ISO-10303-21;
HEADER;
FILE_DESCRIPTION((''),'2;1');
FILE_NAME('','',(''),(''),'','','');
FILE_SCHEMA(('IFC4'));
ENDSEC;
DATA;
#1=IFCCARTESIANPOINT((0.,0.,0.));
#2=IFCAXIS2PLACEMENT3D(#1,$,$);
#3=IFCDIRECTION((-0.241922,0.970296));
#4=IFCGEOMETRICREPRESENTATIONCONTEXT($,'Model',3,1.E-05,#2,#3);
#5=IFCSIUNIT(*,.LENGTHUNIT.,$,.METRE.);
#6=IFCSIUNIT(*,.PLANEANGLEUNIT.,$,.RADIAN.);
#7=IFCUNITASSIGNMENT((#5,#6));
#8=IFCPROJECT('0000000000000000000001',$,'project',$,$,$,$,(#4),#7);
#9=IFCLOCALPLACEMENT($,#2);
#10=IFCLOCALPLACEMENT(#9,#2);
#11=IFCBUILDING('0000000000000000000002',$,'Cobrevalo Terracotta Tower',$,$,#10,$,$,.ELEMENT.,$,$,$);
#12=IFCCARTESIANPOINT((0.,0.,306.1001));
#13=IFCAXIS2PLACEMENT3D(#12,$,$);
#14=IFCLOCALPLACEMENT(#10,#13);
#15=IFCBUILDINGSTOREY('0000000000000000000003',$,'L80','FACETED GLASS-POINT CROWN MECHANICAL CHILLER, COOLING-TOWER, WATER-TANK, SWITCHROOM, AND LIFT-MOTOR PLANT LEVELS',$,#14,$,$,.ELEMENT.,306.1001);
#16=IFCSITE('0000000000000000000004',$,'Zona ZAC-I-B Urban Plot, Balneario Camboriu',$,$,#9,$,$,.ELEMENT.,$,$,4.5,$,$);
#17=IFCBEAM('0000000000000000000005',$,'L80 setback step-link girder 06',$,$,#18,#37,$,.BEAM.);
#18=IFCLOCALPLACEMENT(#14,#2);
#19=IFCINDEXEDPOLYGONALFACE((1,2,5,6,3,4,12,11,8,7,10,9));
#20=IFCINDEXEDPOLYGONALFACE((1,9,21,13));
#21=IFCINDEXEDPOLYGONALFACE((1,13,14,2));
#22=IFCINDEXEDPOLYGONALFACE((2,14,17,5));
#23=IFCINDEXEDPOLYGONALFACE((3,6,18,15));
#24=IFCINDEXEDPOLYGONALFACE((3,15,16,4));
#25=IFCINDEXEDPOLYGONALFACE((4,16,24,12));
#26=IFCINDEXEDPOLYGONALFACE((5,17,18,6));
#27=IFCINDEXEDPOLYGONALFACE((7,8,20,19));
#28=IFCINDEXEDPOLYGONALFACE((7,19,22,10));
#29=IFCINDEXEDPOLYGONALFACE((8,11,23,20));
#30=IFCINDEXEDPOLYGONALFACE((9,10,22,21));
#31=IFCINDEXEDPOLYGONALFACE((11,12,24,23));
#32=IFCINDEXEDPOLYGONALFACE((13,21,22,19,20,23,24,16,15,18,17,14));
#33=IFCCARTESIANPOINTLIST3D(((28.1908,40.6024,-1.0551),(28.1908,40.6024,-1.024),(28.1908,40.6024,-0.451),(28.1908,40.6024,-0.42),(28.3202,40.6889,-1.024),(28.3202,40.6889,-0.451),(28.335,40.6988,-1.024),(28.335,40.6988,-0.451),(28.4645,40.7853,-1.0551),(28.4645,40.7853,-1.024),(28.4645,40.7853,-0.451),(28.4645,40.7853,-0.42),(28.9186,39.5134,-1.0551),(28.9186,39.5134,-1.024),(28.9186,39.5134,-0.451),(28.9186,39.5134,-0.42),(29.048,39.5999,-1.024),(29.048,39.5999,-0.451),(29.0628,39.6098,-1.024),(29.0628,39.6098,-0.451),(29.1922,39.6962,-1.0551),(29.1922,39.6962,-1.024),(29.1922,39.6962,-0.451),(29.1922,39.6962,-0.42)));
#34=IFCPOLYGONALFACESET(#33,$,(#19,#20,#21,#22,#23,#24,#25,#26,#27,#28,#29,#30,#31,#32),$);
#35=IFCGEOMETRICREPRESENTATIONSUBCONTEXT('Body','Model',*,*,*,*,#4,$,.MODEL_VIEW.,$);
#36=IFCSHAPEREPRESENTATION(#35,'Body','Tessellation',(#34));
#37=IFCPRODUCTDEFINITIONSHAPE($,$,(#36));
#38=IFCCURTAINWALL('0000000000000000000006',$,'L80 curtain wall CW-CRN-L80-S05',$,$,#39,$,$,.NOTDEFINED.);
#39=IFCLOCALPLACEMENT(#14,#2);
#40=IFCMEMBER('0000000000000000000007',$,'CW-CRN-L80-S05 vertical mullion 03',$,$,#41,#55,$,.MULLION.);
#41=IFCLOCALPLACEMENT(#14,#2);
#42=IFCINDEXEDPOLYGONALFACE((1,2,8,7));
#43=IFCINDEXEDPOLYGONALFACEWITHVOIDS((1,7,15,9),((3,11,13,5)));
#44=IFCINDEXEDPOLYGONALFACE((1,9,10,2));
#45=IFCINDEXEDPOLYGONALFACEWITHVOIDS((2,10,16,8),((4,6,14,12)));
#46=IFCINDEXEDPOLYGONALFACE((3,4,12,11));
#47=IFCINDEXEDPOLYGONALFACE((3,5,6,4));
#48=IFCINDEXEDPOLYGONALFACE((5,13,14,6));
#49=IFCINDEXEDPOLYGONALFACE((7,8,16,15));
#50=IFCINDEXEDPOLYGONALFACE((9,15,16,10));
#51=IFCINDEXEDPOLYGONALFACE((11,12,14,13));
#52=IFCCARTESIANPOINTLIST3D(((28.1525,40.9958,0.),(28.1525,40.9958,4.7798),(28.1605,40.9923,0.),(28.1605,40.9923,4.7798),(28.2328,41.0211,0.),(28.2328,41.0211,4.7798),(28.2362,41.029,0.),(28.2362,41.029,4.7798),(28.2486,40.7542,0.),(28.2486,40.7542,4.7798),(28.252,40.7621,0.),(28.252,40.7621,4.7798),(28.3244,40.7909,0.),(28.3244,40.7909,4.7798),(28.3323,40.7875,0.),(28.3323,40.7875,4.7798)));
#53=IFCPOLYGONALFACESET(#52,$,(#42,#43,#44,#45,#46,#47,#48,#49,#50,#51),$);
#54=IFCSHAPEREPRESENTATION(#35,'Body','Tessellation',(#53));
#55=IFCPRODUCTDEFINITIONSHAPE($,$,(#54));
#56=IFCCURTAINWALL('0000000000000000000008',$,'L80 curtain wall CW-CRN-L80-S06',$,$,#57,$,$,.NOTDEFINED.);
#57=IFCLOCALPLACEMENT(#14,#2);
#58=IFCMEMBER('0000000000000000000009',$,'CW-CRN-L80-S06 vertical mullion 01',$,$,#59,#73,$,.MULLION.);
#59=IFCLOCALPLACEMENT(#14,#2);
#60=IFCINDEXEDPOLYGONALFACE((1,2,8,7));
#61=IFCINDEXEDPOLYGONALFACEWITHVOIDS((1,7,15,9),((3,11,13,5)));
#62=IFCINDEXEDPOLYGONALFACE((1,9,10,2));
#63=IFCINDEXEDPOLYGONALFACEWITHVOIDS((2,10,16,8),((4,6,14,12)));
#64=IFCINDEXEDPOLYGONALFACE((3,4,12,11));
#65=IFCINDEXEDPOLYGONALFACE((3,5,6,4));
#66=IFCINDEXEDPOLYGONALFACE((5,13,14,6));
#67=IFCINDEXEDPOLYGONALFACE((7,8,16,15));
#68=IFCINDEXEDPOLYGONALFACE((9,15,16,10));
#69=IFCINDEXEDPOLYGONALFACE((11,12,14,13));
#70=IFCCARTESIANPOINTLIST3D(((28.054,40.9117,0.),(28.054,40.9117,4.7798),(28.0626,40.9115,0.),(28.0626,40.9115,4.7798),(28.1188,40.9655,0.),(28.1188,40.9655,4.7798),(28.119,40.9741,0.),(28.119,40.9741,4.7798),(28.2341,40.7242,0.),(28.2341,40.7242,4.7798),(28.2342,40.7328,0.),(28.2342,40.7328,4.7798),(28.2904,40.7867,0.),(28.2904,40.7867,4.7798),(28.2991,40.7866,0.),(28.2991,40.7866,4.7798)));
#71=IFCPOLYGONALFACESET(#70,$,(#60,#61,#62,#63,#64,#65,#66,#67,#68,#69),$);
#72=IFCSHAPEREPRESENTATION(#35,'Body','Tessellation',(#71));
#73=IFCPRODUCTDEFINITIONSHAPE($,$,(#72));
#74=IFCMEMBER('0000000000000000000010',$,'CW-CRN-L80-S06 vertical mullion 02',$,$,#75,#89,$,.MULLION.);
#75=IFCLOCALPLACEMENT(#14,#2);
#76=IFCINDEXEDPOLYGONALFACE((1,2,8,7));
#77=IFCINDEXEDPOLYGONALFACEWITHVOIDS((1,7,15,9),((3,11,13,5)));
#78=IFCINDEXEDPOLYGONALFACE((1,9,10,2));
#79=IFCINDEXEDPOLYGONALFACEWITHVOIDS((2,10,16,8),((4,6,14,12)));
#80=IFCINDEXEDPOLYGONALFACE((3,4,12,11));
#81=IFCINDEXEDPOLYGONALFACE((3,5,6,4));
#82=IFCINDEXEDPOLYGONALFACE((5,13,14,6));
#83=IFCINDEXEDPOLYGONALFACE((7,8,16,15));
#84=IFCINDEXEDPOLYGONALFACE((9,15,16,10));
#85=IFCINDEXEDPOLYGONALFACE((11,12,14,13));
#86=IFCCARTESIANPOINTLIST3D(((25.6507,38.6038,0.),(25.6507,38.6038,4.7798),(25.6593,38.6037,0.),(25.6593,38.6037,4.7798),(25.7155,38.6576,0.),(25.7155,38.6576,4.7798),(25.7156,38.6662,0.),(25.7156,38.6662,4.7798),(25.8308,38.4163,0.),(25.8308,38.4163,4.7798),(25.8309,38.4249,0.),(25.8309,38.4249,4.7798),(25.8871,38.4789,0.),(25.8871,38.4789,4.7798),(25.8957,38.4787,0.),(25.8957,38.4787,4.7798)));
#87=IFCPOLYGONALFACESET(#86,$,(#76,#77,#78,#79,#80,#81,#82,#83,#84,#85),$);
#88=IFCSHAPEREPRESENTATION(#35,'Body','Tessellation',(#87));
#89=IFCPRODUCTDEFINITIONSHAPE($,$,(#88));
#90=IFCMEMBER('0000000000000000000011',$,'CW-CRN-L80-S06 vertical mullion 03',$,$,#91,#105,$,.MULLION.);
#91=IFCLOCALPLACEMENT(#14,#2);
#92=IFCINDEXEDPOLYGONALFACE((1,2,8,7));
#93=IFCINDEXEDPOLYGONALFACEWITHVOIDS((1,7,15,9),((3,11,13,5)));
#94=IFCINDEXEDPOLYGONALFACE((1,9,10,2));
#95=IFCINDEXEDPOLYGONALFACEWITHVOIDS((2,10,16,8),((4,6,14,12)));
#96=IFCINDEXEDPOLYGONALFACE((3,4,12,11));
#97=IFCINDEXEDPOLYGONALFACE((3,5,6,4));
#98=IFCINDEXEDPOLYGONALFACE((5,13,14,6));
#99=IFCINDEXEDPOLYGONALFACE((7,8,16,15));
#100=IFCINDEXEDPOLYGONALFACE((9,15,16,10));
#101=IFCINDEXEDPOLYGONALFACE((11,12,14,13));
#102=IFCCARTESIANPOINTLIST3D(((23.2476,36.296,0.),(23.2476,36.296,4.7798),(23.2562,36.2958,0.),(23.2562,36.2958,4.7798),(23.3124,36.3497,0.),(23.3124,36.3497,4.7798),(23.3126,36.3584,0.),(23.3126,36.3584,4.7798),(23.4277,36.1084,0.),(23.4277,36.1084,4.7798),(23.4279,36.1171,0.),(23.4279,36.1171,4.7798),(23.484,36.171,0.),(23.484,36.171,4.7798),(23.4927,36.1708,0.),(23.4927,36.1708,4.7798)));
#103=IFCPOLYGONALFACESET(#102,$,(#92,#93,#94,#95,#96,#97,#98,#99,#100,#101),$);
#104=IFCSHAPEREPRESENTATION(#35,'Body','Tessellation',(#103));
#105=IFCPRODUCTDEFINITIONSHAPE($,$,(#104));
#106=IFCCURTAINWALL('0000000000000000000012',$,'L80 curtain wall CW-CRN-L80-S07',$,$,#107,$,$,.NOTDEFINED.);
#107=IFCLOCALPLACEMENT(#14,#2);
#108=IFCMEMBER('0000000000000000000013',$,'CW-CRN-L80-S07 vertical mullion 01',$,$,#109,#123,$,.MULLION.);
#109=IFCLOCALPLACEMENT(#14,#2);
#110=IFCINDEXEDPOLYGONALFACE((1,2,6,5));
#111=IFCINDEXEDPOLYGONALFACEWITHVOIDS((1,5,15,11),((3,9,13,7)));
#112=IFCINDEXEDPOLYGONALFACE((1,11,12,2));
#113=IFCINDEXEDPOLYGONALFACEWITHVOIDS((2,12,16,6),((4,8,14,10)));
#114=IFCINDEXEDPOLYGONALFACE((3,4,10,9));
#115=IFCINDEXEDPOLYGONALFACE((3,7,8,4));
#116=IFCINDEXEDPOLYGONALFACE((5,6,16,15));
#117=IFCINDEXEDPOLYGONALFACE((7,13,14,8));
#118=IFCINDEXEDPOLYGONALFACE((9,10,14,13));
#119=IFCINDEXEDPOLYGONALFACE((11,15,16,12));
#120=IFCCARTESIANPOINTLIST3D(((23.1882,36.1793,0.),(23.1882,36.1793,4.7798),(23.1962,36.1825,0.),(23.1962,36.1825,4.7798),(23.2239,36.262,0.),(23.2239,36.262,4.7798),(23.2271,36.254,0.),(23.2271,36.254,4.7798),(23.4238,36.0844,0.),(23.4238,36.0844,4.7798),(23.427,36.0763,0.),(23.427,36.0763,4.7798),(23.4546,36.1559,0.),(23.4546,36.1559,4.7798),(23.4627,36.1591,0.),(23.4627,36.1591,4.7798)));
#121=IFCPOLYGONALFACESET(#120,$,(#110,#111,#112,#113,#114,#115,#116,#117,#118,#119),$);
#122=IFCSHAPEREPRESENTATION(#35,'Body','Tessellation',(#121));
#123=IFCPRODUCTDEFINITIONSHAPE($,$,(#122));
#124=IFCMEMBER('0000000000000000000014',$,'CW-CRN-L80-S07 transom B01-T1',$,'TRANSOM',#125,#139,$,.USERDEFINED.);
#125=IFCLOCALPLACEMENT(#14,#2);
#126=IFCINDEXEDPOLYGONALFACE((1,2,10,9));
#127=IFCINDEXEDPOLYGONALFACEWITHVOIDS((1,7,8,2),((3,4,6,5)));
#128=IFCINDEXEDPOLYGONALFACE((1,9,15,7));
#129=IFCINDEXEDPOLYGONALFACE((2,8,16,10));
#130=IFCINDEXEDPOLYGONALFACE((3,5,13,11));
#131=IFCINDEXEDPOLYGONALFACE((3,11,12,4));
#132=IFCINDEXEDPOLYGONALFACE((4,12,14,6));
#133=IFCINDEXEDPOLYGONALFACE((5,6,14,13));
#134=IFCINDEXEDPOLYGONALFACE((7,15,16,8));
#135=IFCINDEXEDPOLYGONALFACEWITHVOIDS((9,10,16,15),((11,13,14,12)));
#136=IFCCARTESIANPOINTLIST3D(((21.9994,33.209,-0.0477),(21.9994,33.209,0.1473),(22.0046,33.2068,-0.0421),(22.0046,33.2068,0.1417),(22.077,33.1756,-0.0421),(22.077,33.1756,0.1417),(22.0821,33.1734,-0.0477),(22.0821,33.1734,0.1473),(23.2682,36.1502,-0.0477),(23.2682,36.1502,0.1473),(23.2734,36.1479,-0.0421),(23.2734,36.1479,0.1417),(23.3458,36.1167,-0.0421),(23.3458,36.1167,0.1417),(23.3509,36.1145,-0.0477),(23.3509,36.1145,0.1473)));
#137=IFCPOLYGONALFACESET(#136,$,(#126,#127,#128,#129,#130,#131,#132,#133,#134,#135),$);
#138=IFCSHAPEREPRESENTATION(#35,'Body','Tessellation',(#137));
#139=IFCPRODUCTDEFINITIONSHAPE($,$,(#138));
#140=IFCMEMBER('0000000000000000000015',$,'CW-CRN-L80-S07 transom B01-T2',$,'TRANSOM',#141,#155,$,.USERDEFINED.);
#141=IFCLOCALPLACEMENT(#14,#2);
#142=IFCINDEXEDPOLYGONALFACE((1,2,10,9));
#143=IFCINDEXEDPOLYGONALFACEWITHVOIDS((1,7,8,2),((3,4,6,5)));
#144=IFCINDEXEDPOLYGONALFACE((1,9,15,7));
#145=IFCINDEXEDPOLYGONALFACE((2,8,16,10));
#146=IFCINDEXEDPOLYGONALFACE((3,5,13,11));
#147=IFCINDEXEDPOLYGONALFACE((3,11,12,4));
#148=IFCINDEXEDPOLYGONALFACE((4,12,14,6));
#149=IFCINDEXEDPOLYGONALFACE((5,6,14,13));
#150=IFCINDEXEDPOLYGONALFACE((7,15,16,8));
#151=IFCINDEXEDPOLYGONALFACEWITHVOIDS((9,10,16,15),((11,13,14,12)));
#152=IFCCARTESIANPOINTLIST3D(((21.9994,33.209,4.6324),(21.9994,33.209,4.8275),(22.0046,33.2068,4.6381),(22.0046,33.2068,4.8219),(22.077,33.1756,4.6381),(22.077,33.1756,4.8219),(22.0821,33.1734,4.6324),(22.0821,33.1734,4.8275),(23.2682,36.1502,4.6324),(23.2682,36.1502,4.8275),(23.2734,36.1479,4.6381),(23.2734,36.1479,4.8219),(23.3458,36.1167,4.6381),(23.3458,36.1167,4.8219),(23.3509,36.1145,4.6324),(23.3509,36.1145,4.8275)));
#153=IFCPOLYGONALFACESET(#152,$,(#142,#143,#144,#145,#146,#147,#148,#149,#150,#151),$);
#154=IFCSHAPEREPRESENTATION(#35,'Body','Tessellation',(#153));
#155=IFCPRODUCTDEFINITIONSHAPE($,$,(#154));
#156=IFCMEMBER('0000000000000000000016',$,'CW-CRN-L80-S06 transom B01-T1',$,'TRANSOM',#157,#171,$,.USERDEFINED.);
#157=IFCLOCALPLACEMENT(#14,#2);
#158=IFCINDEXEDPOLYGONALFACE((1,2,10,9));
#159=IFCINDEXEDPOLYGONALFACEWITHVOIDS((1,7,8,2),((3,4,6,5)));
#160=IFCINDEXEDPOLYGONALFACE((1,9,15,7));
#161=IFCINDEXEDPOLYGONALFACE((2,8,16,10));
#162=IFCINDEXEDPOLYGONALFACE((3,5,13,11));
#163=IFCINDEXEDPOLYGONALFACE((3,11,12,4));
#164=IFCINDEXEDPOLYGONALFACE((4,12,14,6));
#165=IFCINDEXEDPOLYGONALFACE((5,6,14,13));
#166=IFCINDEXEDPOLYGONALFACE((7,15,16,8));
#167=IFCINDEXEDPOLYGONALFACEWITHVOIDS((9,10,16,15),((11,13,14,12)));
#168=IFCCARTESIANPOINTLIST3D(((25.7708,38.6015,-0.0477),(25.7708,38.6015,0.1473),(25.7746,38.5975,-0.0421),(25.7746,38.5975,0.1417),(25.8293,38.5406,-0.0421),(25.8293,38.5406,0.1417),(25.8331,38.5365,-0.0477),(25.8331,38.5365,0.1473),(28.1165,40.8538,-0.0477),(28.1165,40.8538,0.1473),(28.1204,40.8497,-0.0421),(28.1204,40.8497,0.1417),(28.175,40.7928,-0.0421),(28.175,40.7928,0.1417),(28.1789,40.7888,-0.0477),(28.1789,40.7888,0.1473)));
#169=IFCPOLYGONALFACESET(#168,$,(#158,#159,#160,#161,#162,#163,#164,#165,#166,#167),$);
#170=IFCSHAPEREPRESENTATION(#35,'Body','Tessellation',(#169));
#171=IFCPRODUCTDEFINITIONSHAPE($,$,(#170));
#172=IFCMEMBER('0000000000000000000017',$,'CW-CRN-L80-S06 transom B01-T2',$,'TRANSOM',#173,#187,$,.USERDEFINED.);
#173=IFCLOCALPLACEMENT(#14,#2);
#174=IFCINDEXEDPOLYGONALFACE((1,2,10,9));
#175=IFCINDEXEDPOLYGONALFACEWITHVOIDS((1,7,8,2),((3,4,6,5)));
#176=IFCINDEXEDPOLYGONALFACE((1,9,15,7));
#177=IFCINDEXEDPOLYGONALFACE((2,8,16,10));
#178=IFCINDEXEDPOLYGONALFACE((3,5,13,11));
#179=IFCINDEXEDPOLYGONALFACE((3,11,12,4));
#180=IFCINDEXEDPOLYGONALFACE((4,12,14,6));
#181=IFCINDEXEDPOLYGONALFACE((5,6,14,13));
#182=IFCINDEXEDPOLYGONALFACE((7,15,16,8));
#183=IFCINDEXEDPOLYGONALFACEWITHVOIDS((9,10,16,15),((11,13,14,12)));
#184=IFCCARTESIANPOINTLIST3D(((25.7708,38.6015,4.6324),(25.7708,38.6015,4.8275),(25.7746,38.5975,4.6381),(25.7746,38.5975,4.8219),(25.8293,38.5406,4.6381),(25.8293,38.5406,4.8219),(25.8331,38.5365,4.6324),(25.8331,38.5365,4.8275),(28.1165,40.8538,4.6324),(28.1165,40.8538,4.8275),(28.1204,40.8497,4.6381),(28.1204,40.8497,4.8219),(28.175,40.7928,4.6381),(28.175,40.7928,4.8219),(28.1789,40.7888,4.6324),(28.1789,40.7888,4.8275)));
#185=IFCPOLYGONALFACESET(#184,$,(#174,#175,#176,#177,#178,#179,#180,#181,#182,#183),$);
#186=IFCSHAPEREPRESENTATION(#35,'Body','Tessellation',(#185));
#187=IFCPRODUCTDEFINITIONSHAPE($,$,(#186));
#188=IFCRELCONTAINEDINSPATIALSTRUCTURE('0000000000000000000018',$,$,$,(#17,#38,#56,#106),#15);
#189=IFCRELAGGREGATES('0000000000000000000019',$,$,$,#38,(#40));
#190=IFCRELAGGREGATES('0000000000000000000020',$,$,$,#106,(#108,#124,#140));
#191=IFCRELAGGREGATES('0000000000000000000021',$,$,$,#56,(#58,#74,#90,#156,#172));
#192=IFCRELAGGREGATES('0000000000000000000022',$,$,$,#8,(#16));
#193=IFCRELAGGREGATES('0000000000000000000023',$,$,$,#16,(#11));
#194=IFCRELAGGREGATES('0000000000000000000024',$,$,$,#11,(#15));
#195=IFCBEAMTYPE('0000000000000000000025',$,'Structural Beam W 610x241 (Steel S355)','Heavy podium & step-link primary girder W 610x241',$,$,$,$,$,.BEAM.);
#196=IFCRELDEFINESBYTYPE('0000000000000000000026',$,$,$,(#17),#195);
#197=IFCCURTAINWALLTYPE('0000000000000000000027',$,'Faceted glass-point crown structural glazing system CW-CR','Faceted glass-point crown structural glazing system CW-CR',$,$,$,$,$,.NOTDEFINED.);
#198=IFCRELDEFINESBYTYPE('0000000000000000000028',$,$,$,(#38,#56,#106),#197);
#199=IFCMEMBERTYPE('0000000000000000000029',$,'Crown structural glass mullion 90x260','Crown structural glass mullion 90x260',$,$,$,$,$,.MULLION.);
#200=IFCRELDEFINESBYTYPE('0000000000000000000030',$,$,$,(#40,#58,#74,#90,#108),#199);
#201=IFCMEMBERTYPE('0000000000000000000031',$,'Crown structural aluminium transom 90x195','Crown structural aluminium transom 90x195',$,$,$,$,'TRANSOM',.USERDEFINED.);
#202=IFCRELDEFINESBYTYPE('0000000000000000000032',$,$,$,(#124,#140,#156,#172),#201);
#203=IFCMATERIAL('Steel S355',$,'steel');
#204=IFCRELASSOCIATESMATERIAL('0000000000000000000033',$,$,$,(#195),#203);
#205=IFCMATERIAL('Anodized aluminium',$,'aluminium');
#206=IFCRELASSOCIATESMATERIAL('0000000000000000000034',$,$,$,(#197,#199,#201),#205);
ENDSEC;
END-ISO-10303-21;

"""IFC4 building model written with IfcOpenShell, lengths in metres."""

from ifc_helpers import new_model, si_unit, direction, frame, origin, origin_2d, place, context, subcontext, project, spatial, hollow_rectangle, i_section, extrude, source, transform, mapped, material, material_profile, profile_set, type_object, element, aggregate, save


model = new_model("IFC4")

# Units and contexts
model_context = context("Model", 3, precision=1e-05, world=origin(), true_north=direction((-0.241922, 0.970296)))
body_context = subcontext(model_context, "Body", "Model", "MODEL_VIEW")
ifc_project = project(units=[si_unit("LENGTHUNIT", "METRE"), si_unit("PLANEANGLEUNIT", "RADIAN")], contexts=[model_context])

# Site, building, storey
site_placement = place(None, origin())
site = spatial("IfcSite", under=ifc_project, at=site_placement, Name="Zona ZAC-I-B Urban Plot, Balneario Camboriu", CompositionType="ELEMENT", RefElevation=4.5)
building_placement = place(site_placement, origin())
building = spatial("IfcBuilding", under=site, at=building_placement, Name="Cobrevalo Terracotta Tower", CompositionType="ELEMENT")
storey_placement = place(building_placement, frame((0.0, 0.0, 306.1001)))
storey = spatial("IfcBuildingStorey", under=building, at=storey_placement, Name="L80", Description="FACETED GLASS-POINT CROWN MECHANICAL CHILLER, COOLING-TOWER, WATER-TANK, SWITCHROOM, AND LIFT-MOTOR PLANT LEVELS", CompositionType="ELEMENT", Elevation=306.1001)

# Beam
ifc_material_1 = material(Name="Steel S355", Category="steel")
ifc_material_profile_1 = material_profile(ifc_material_1, i_section(OverallWidth=0.3291, OverallDepth=0.635, WebThickness=0.0178, FlangeThickness=0.031, at=origin_2d()), Name="W 610x241")
ifc_profile_set_1 = profile_set([ifc_material_profile_1], Name="Steel S355")
beam_type = type_object("IfcBeamType", Name="Structural Beam W 610x241 (Steel S355)", Description="Heavy podium & step-link primary girder W 610x241", PredefinedType="BEAM", material=ifc_profile_set_1)
beam_placement = place(storey_placement, frame((28.3276, 40.6938, -0.7375), z_axis=(0.555603, -0.831448, 0.0), x_axis=(0.831448, 0.555603, 0.0)))
element("IfcBeam", 1, at=beam_placement, inside=storey, type_object=beam_type, Name="L80 setback step-link girder 06", PredefinedType="BEAM", context=body_context, shape_type="SweptSolid", body=[
    extrude(i_section(OverallWidth=0.3291, OverallDepth=0.635, WebThickness=0.0178, FlangeThickness=0.031, at=origin_2d()), origin(), (0.0, 0.0, 1.0), 1.3098),
])

# Curtain wall, member
ifc_material_2 = material(Name="Anodized aluminium", Category="aluminium")
curtain_wall_type = type_object("IfcCurtainWallType", Name="Faceted glass-point crown structural glazing system CW-CR", Description="Faceted glass-point crown structural glazing system CW-CR", PredefinedType="NOTDEFINED", material=ifc_material_2)
curtain_wall_1_placement = place(storey_placement, origin())
curtain_wall_1 = element("IfcCurtainWall", 2, at=curtain_wall_1_placement, inside=storey, type_object=curtain_wall_type, Name="L80 curtain wall CW-CRN-L80-S05", PredefinedType="NOTDEFINED")
ifc_material_profile_2 = material_profile(ifc_material_2, hollow_rectangle(XDim=0.0901, YDim=0.26, WallThickness=0.0061, at=origin_2d()), Name="CWM 90x260")
ifc_profile_set_2 = profile_set([ifc_material_profile_2], Name="Anodized aluminium")
member_type_1 = type_object("IfcMemberType", Name="Crown structural glass mullion 90x260", Description="Crown structural glass mullion 90x260", PredefinedType="MULLION", material=ifc_profile_set_2)
shared_shape_1 = source(origin(), body_context, "Body", "SweptSolid", [
    extrude(hollow_rectangle(XDim=0.0901, YDim=0.26, WallThickness=0.0061, at=origin_2d()), origin(), (0.0, 0.0, 1.0), 4.7798),
])
member_1_placement = place(storey_placement, frame((28.2424, 40.8916, 0.0), z_axis=(0.0, 0.0, 1.0), x_axis=(-0.929191, -0.369601, 0.0)))
member_1 = element("IfcMember", 3, at=member_1_placement, type_object=member_type_1, Name="CW-CRN-L80-S05 vertical mullion 03", PredefinedType="MULLION", context=body_context, shape_type="MappedRepresentation", body=[
    mapped(shared_shape_1, transform((0.0, 0.0, 0.0), scale=1.0)),
])
aggregate(curtain_wall_1, [member_1])

# Curtain walls, members
curtain_wall_2_placement = place(storey_placement, origin())
curtain_wall_2 = element("IfcCurtainWall", 4, at=curtain_wall_2_placement, inside=storey, type_object=curtain_wall_type, Name="L80 curtain wall CW-CRN-L80-S06", PredefinedType="NOTDEFINED")
member_2_placement = place(storey_placement, frame((28.1765, 40.8491, 0.0), z_axis=(0.0, 0.0, 1.0), x_axis=(-0.721277, -0.692647, 0.0)))
member_2 = element("IfcMember", 5, at=member_2_placement, type_object=member_type_1, Name="CW-CRN-L80-S06 vertical mullion 01", PredefinedType="MULLION", context=body_context, shape_type="MappedRepresentation", body=[
    mapped(shared_shape_1, transform((0.0, 0.0, 0.0), scale=1.0)),
])
member_3_placement = place(storey_placement, frame((25.7732, 38.5413, 0.0), z_axis=(0.0, 0.0, 1.0), x_axis=(-0.721277, -0.692647, 0.0)))
member_3 = element("IfcMember", 6, at=member_3_placement, type_object=member_type_1, Name="CW-CRN-L80-S06 vertical mullion 02", PredefinedType="MULLION", context=body_context, shape_type="MappedRepresentation", body=[
    mapped(shared_shape_1, transform((0.0, 0.0, 0.0), scale=1.0)),
])
member_4_placement = place(storey_placement, frame((23.3701, 36.2334, 0.0), z_axis=(0.0, 0.0, 1.0), x_axis=(-0.721277, -0.692647, 0.0)))
member_4 = element("IfcMember", 7, at=member_4_placement, type_object=member_type_1, Name="CW-CRN-L80-S06 vertical mullion 03", PredefinedType="MULLION", context=body_context, shape_type="MappedRepresentation", body=[
    mapped(shared_shape_1, transform((0.0, 0.0, 0.0), scale=1.0)),
])
curtain_wall_3_placement = place(storey_placement, origin())
curtain_wall_3 = element("IfcCurtainWall", 8, at=curtain_wall_3_placement, inside=storey, type_object=curtain_wall_type, Name="L80 curtain wall CW-CRN-L80-S07", PredefinedType="NOTDEFINED")
member_5_placement = place(storey_placement, frame((23.3254, 36.1692, 0.0), z_axis=(0.0, 0.0, 1.0), x_axis=(-0.396058, -0.918225, 0.0)))
member_5 = element("IfcMember", 9, at=member_5_placement, type_object=member_type_1, Name="CW-CRN-L80-S07 vertical mullion 01", PredefinedType="MULLION", context=body_context, shape_type="MappedRepresentation", body=[
    mapped(shared_shape_1, transform((0.0, 0.0, 0.0), scale=1.0)),
])
ifc_material_profile_3 = material_profile(ifc_material_2, hollow_rectangle(XDim=0.0901, YDim=0.1951, WallThickness=0.0056, at=origin_2d()), Name="CWT 90x195")
ifc_profile_set_3 = profile_set([ifc_material_profile_3], Name="Anodized aluminium")
member_type_2 = type_object("IfcMemberType", Name="Crown structural aluminium transom 90x195", Description="Crown structural aluminium transom 90x195", ElementType="TRANSOM", PredefinedType="USERDEFINED", material=ifc_profile_set_3)
shared_shape_2 = source(origin(), body_context, "Body", "SweptSolid", [
    extrude(hollow_rectangle(XDim=0.0901, YDim=0.1951, WallThickness=0.0056, at=origin_2d()), origin(), (0.0, 0.0, 1.0), 3.2031),
])
member_6_placement = place(storey_placement, frame((23.3096, 36.1323, 0.0498), z_axis=(-0.396107, -0.918204, 0.0), x_axis=(0.918204, -0.396107, 0.0)))
member_6 = element("IfcMember", 10, at=member_6_placement, type_object=member_type_2, Name="CW-CRN-L80-S07 transom B01-T1", ObjectType="TRANSOM", PredefinedType="USERDEFINED", context=body_context, shape_type="MappedRepresentation", body=[
    mapped(shared_shape_2, transform((0.0, 0.0, 0.0), scale=1.0)),
])
member_7_placement = place(storey_placement, frame((23.3096, 36.1323, 4.73), z_axis=(-0.396107, -0.918204, 0.0), x_axis=(0.918204, -0.396107, 0.0)))
member_7 = element("IfcMember", 11, at=member_7_placement, type_object=member_type_2, Name="CW-CRN-L80-S07 transom B01-T2", ObjectType="TRANSOM", PredefinedType="USERDEFINED", context=body_context, shape_type="MappedRepresentation", body=[
    mapped(shared_shape_2, transform((0.0, 0.0, 0.0), scale=1.0)),
])
aggregate(curtain_wall_3, [member_5, member_6, member_7])

# Members
shared_shape_3 = source(origin(), body_context, "Body", "SweptSolid", [
    extrude(hollow_rectangle(XDim=0.0901, YDim=0.1951, WallThickness=0.0056, at=origin_2d()), origin(), (0.0, 0.0, 1.0), 3.252),
])
member_8_placement = place(storey_placement, frame((28.1477, 40.8213, 0.0498), z_axis=(-0.721338, -0.692583, 0.0), x_axis=(0.692583, -0.721338, 0.0)))
member_8 = element("IfcMember", 12, at=member_8_placement, type_object=member_type_2, Name="CW-CRN-L80-S06 transom B01-T1", ObjectType="TRANSOM", PredefinedType="USERDEFINED", context=body_context, shape_type="MappedRepresentation", body=[
    mapped(shared_shape_3, transform((0.0, 0.0, 0.0), scale=1.0)),
])
member_9_placement = place(storey_placement, frame((28.1477, 40.8213, 4.73), z_axis=(-0.721338, -0.692583, 0.0), x_axis=(0.692583, -0.721338, 0.0)))
member_9 = element("IfcMember", 13, at=member_9_placement, type_object=member_type_2, Name="CW-CRN-L80-S06 transom B01-T2", ObjectType="TRANSOM", PredefinedType="USERDEFINED", context=body_context, shape_type="MappedRepresentation", body=[
    mapped(shared_shape_3, transform((0.0, 0.0, 0.0), scale=1.0)),
])

aggregate(curtain_wall_2, [member_2, member_3, member_4, member_8, member_9])

save(model, "model.ifc")
